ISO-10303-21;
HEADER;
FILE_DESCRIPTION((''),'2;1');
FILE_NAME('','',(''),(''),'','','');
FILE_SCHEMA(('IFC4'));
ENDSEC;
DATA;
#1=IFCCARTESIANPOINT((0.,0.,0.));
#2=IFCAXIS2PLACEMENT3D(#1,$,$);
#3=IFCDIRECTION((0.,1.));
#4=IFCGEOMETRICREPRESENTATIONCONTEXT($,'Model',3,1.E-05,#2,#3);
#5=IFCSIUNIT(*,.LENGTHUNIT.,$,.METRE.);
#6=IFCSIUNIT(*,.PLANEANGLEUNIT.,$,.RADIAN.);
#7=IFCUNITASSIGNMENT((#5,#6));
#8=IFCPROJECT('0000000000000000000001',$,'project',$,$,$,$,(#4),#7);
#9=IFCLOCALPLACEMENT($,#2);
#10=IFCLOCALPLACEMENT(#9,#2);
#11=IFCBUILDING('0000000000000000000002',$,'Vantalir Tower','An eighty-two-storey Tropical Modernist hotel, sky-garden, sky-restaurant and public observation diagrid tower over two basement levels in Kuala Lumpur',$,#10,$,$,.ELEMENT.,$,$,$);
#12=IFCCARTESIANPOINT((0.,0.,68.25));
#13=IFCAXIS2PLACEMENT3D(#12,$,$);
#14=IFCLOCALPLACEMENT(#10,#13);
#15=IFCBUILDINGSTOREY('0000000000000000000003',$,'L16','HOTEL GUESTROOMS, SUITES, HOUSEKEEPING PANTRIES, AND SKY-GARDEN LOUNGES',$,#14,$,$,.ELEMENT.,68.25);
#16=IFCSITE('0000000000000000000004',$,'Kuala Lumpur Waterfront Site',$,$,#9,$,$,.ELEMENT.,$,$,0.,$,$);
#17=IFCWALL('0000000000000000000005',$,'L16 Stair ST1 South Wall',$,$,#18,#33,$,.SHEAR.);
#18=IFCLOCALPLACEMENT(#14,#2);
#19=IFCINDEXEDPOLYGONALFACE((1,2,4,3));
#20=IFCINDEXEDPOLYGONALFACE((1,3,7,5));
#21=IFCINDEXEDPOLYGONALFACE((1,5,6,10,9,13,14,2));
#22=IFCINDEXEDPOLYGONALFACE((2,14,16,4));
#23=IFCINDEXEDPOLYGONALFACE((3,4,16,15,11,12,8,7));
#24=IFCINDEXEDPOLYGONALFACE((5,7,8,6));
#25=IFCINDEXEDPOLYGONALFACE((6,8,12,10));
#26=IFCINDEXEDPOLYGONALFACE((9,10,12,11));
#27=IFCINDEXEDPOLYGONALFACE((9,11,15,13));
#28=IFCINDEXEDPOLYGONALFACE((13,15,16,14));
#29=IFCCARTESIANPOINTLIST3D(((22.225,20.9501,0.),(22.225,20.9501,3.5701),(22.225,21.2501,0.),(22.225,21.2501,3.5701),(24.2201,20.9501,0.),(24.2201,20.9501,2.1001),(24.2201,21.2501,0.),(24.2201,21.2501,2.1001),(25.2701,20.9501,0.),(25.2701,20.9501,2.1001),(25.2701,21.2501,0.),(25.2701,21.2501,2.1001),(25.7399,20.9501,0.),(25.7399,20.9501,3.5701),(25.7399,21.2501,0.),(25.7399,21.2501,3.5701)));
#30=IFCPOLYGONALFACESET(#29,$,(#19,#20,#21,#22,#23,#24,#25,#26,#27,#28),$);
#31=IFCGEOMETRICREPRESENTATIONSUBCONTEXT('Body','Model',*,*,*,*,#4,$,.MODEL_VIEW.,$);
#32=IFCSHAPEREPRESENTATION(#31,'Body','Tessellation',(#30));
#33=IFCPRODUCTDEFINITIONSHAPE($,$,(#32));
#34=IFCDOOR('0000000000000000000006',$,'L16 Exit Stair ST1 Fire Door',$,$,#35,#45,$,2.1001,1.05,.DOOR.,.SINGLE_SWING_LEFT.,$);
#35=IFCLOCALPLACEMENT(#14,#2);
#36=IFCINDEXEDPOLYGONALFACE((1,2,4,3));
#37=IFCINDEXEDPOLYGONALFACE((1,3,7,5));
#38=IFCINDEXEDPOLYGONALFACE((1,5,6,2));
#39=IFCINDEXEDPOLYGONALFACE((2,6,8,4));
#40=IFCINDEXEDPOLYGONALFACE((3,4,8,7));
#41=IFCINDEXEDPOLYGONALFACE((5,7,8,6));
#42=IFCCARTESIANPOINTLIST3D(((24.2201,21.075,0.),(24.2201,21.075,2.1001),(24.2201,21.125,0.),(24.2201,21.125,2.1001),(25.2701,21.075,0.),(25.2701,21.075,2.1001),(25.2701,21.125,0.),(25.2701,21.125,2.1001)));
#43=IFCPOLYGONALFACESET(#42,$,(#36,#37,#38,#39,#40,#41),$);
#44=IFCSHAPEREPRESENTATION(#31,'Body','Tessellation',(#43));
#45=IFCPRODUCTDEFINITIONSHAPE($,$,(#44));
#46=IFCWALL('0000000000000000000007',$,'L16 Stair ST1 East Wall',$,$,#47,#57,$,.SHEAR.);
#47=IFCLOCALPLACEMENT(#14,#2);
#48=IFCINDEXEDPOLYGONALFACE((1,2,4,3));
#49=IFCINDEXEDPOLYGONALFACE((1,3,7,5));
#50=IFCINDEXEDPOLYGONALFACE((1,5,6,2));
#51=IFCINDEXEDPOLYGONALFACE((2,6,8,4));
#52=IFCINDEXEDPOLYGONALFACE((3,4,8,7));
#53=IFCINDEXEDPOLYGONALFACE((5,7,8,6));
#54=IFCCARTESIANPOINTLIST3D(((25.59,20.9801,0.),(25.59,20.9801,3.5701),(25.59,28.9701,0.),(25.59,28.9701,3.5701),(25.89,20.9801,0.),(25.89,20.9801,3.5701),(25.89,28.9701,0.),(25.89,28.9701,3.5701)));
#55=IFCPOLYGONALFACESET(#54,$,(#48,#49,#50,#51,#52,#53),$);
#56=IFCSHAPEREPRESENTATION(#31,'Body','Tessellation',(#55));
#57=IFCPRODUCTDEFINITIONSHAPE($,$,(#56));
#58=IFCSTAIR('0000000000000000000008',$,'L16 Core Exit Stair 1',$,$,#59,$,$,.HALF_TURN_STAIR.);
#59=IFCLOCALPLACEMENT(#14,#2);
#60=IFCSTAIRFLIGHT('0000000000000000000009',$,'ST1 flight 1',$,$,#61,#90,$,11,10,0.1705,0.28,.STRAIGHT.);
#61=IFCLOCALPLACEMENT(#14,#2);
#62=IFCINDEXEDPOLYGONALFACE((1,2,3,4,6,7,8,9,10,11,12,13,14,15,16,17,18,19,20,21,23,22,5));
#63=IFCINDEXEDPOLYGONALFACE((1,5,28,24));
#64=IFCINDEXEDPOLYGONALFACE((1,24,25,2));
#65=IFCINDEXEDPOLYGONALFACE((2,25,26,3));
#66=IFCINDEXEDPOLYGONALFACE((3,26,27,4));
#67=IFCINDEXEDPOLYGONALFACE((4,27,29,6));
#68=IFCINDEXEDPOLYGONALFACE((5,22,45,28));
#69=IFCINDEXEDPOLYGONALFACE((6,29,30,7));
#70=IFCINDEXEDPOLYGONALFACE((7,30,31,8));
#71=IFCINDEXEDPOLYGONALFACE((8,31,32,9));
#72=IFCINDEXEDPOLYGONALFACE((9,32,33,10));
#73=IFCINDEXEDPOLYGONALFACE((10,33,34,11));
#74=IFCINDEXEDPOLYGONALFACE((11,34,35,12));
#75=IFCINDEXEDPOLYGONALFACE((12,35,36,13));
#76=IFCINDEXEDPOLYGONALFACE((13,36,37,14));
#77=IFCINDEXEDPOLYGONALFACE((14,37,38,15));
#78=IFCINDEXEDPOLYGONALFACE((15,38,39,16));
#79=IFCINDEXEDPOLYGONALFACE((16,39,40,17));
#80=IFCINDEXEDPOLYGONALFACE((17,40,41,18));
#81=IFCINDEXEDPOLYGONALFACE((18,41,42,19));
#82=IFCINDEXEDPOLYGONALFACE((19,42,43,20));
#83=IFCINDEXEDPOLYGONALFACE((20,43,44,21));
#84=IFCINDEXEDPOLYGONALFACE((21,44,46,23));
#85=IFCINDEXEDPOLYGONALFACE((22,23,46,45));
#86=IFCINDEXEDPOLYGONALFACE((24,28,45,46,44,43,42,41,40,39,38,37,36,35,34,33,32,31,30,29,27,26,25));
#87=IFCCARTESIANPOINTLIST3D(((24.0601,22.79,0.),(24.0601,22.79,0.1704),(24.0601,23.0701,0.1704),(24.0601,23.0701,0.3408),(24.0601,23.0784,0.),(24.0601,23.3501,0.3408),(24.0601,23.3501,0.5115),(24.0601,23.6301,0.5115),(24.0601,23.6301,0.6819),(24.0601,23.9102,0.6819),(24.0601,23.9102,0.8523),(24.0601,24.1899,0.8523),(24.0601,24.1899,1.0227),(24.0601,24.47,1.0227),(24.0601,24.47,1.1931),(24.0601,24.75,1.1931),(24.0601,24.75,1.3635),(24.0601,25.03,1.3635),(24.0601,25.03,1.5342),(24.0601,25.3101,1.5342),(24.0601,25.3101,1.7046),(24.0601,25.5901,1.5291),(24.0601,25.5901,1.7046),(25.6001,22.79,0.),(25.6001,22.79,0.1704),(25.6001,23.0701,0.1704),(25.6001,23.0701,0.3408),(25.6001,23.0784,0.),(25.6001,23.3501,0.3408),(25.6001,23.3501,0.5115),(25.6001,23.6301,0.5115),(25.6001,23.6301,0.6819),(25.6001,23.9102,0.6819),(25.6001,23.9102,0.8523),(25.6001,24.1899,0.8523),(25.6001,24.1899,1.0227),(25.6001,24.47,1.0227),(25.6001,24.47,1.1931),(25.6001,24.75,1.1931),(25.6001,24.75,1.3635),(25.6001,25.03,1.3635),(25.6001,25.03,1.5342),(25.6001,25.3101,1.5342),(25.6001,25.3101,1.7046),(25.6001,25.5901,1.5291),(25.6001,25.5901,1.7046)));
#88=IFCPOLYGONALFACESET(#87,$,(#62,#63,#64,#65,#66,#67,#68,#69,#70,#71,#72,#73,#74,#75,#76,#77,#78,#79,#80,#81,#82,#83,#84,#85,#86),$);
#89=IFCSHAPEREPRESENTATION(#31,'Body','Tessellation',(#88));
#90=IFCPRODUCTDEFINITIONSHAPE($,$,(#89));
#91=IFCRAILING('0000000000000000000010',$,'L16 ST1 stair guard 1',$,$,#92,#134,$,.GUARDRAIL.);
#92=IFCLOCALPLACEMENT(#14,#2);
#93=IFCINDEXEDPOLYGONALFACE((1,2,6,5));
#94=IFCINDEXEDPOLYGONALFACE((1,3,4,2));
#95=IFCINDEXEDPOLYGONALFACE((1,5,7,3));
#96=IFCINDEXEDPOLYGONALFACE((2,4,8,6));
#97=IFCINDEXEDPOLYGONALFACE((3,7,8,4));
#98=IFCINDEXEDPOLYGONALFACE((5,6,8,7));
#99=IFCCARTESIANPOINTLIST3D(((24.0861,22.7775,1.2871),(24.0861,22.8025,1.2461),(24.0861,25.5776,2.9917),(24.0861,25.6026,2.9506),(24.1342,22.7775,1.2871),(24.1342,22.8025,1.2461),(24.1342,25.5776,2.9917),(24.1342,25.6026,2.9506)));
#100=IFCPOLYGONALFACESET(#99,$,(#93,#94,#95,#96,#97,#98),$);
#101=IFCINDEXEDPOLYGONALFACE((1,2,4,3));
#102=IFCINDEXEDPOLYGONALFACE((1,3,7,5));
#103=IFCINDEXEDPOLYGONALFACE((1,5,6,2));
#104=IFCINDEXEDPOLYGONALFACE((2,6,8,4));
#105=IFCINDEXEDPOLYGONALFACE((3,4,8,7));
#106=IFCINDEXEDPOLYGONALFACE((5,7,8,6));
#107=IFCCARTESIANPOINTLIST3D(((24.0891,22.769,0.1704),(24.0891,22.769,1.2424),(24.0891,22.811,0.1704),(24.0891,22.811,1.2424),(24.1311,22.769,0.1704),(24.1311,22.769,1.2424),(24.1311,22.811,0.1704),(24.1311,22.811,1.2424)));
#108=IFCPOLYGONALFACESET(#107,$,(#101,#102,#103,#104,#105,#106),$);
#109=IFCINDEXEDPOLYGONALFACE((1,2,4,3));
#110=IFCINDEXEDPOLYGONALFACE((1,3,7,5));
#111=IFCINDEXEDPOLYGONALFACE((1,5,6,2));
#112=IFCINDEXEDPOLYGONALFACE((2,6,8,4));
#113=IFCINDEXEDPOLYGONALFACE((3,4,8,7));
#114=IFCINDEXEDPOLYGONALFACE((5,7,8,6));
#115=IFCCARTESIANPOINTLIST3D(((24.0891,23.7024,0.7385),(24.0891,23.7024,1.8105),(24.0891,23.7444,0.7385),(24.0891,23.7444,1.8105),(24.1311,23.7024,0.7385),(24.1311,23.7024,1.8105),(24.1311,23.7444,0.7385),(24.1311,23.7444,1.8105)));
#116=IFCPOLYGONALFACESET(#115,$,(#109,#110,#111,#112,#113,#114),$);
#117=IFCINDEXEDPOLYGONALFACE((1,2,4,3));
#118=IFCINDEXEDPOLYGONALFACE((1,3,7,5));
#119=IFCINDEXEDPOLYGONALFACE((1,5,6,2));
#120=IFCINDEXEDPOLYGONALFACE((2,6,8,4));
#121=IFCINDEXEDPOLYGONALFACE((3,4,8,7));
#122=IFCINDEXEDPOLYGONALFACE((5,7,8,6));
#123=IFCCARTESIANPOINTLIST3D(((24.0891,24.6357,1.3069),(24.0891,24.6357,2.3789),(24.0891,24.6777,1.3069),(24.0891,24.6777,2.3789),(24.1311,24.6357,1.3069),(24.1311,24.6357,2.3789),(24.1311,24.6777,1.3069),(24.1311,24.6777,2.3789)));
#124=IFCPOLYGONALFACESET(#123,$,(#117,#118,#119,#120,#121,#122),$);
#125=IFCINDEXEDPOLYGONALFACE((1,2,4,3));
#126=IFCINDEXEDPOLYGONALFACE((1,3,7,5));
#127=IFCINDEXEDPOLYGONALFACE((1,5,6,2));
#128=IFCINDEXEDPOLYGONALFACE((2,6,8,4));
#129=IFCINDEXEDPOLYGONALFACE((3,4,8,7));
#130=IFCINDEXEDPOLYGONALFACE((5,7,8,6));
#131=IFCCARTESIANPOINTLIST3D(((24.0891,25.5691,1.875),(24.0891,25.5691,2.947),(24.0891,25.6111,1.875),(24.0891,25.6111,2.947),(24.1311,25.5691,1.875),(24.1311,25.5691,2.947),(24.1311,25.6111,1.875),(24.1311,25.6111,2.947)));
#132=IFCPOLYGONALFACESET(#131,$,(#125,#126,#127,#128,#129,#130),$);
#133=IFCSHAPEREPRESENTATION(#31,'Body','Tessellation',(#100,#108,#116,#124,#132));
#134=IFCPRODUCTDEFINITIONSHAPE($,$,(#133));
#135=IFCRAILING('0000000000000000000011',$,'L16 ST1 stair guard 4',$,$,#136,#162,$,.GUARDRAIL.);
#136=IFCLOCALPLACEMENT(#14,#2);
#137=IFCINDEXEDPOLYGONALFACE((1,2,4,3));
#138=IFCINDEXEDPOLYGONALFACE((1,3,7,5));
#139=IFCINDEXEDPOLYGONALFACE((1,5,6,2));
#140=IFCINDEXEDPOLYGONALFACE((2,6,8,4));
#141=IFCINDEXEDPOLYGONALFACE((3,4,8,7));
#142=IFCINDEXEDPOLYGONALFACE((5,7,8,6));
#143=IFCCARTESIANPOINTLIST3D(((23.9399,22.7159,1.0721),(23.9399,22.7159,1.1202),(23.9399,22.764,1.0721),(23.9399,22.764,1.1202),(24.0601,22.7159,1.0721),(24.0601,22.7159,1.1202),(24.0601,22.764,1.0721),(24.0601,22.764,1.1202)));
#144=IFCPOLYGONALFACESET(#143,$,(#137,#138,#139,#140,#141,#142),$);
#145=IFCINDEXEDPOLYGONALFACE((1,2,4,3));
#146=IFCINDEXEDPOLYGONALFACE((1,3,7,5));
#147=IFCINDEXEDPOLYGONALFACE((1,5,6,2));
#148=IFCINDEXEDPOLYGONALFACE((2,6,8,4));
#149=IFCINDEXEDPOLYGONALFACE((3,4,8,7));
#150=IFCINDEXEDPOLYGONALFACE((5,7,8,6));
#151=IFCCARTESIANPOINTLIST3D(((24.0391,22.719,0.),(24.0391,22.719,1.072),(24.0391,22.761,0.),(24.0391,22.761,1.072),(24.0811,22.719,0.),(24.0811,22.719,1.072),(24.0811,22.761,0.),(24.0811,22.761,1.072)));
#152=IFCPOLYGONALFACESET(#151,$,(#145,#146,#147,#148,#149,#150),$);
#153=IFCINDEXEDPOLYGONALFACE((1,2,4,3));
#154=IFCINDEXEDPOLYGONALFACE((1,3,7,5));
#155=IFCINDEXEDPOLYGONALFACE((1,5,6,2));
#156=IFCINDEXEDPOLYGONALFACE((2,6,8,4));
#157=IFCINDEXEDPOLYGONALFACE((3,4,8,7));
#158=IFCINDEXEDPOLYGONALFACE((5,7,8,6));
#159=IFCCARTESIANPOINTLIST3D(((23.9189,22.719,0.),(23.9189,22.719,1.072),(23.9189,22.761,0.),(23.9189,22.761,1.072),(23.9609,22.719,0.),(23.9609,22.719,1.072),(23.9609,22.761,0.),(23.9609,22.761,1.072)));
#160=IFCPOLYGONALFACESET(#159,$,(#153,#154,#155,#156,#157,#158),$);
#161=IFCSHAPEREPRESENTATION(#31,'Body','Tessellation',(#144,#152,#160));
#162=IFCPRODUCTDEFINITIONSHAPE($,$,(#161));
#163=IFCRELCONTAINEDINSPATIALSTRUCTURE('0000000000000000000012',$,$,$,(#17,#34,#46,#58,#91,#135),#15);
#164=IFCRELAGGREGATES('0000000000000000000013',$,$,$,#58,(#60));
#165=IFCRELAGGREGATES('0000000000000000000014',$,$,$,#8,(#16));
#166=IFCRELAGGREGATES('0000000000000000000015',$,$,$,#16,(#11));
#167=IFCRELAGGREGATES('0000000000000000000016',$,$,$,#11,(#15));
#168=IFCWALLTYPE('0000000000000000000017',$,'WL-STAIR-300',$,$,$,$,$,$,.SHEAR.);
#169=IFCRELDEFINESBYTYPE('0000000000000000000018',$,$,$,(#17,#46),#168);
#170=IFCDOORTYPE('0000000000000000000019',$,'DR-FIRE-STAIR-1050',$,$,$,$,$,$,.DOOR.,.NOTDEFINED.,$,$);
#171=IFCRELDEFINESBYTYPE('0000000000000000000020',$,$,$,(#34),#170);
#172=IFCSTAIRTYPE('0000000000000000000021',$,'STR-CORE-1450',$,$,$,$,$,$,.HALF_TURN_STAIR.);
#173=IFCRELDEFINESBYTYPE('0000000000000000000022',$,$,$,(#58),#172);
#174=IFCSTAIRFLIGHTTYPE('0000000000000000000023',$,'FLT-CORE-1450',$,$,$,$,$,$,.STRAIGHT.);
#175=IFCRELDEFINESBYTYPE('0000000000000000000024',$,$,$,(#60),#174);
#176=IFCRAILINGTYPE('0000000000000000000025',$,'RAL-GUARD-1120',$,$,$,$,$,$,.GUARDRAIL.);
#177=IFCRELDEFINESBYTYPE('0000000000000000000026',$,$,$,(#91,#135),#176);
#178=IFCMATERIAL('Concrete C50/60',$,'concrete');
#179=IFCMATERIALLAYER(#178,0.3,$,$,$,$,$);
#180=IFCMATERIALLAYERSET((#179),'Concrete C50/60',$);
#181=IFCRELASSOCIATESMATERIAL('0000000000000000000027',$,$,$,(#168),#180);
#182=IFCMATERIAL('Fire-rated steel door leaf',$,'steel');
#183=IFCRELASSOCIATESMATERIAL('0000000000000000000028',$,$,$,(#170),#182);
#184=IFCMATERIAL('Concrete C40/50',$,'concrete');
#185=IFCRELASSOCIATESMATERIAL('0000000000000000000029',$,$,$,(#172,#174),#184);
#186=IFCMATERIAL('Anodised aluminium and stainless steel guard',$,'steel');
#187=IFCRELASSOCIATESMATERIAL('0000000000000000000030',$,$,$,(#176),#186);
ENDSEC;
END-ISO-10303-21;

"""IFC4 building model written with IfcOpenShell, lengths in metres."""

from ifc_helpers import new_model, si_unit, direction, frame, frame_2d, origin, origin_2d, place, context, subcontext, project, spatial, polyline, rectangle, outline, extrude, material, layer, layer_set, type_object, element, fill, aggregate, save


model = new_model("IFC4")

# Units and contexts
model_context = context("Model", 3, precision=1e-05, world=origin(), true_north=direction((0.0, 1.0)))
body_context = subcontext(model_context, "Body", "Model", "MODEL_VIEW")
ifc_project = project(units=[si_unit("LENGTHUNIT", "METRE"), si_unit("PLANEANGLEUNIT", "RADIAN")], contexts=[model_context])

# Site, building, storey
site_placement = place(None, origin())
site = spatial("IfcSite", under=ifc_project, at=site_placement, Name="Kuala Lumpur Waterfront Site", CompositionType="ELEMENT", RefElevation=0.0)
building_placement = place(site_placement, origin())
building = spatial("IfcBuilding", under=site, at=building_placement, Name="Vantalir Tower", Description="An eighty-two-storey Tropical Modernist hotel, sky-garden, sky-restaurant and public observation diagrid tower over two basement levels in Kuala Lumpur", CompositionType="ELEMENT")
storey_placement = place(building_placement, frame((0.0, 0.0, 68.25)))
storey = spatial("IfcBuildingStorey", under=building, at=storey_placement, Name="L16", Description="HOTEL GUESTROOMS, SUITES, HOUSEKEEPING PANTRIES, AND SKY-GARDEN LOUNGES", CompositionType="ELEMENT", Elevation=68.25)

# Wall, opening, door
ifc_material_1 = material(Name="Concrete C50/60", Category="concrete")
ifc_layer_1 = layer(ifc_material_1, 0.3)
ifc_layer_set_1 = layer_set([ifc_layer_1], Name="Concrete C50/60")
wall_type_1 = type_object("IfcWallType", Name="WL-STAIR-300", PredefinedType="SHEAR", material=ifc_layer_set_1)
wall_1_placement = place(storey_placement, frame((22.2251, 21.1001, 0.0), z_axis=(0.0, 0.0, 1.0), x_axis=(1.0, 0.0, 0.0)))
wall_1 = element("IfcWall", 1, at=wall_1_placement, inside=storey, type_object=wall_type_1, Name="L16 Stair ST1 South Wall", PredefinedType="SHEAR", context=body_context, shape_type="SweptSolid", body=[
    extrude(rectangle(XDim=3.5149, YDim=0.3, at=frame_2d((1.7573, 0.0))), origin(), (0.0, 0.0, 1.0), 3.5701),
])
opening_1_placement = place(wall_1_placement, frame((1.9951, 0.0, 0.0)))
opening_1 = element("IfcOpeningElement", 2, at=opening_1_placement, cuts=wall_1, PredefinedType="OPENING", context=body_context, shape_type="SweptSolid", body=[
    extrude(rectangle(XDim=1.05, YDim=2.1001, at=frame_2d((0.5249, 1.05))), frame((0.0, 0.1599, 0.0), z_axis=(0.0, -1.0, 0.0), x_axis=(1.0, 0.0, 0.0)), (0.0, 0.0, 1.0), 0.3201),
])
ifc_material_2 = material(Name="Fire-rated steel door leaf", Category="steel")
door_type_1 = type_object("IfcDoorType", Name="DR-FIRE-STAIR-1050", OperationType="NOTDEFINED", PredefinedType="DOOR", material=ifc_material_2)
door_1_placement = place(opening_1_placement, origin())
door_1 = element("IfcDoor", 3, at=door_1_placement, inside=storey, type_object=door_type_1, Name="L16 Exit Stair ST1 Fire Door", OperationType="SINGLE_SWING_LEFT", OverallHeight=2.1001, OverallWidth=1.05, PredefinedType="DOOR", context=body_context, shape_type="SweptSolid", body=[
    extrude(rectangle(XDim=1.05, YDim=2.1001, at=frame_2d((0.5249, 1.05))), frame((0.0, 0.0249, 0.0), z_axis=(0.0, -1.0, 0.0), x_axis=(1.0, 0.0, 0.0)), (0.0, 0.0, 1.0), 0.05),
])
fill(opening_1, door_1)

# Wall
wall_2_placement = place(storey_placement, frame((25.74, 20.98, 0.0), z_axis=(0.0, 0.0, 1.0), x_axis=(0.0, 1.0, 0.0)))
element("IfcWall", 4, at=wall_2_placement, inside=storey, type_object=wall_type_1, Name="L16 Stair ST1 East Wall", PredefinedType="SHEAR", context=body_context, shape_type="SweptSolid", body=[
    extrude(rectangle(XDim=7.99, YDim=0.3, at=frame_2d((3.9951, 0.0))), origin(), (0.0, 0.0, 1.0), 3.5701),
])

# Stair, stair flight
ifc_material_3 = material(Name="Concrete C40/50", Category="concrete")
stair_type = type_object("IfcStairType", Name="STR-CORE-1450", PredefinedType="HALF_TURN_STAIR", material=ifc_material_3)
stair_placement = place(storey_placement, origin())
stair = element("IfcStair", 5, at=stair_placement, inside=storey, type_object=stair_type, Name="L16 Core Exit Stair 1", PredefinedType="HALF_TURN_STAIR")
stair_flight_type = type_object("IfcStairFlightType", Name="FLT-CORE-1450", PredefinedType="STRAIGHT", material=ifc_material_3)
stair_flight_placement = place(storey_placement, frame((24.8301, 22.79, 0.0), z_axis=(0.0, 0.0, 1.0), x_axis=(0.0, 1.0, 0.0)))
stair_flight = element("IfcStairFlight", 6, at=stair_flight_placement, type_object=stair_flight_type, Name="ST1 flight 1", NumberOfRisers=11, NumberOfTreads=10, PredefinedType="STRAIGHT", RiserHeight=0.1705, TreadLength=0.28, context=body_context, shape_type="SweptSolid", body=[
    extrude(outline(polyline([(0.0, 0.0), (0.0, 0.1704), (0.28, 0.1704), (0.28, 0.3408), (0.5601, 0.3408), (0.5601, 0.5115), (0.8401, 0.5115), (0.8401, 0.6819), (1.1201, 0.6819), (1.1201, 0.8523), (1.3999, 0.8523), (1.3999, 1.0227), (1.6799, 1.0227), (1.6799, 1.1931), (1.96, 1.1931), (1.96, 1.3635), (2.24, 1.3635), (2.24, 1.5342), (2.52, 1.5342), (2.52, 1.7046), (2.8, 1.7046), (2.8, 1.875), (2.8, 1.5291), (0.2883, 0.0), (0.0, 0.0)])), frame((0.0, 0.77, 0.0), z_axis=(0.0, -1.0, 0.0), x_axis=(1.0, 0.0, 0.0)), (0.0, 0.0, 1.0), 1.54),
])
aggregate(stair, [stair_flight])

# Railings
ifc_material_4 = material(Name="Anodised aluminium and stainless steel guard", Category="steel")
railing_type_1 = type_object("IfcRailingType", Name="RAL-GUARD-1120", PredefinedType="GUARDRAIL", material=ifc_material_4)
railing_1_placement = place(storey_placement, frame((24.1101, 22.79, 0.1704)))
element("IfcRailing", 7, at=railing_1_placement, inside=storey, type_object=railing_type_1, Name="L16 ST1 stair guard 1", PredefinedType="GUARDRAIL", context=body_context, shape_type="SweptSolid", body=[
    extrude(rectangle(XDim=0.0481, YDim=0.0481, at=origin_2d()), frame((0.0, 0.0, 1.0962), z_axis=(0.0, 0.85417, 0.519994), x_axis=(-1.0, 0.0, 0.0)), (0.0, 0.0, 1.0), 3.2781),
    extrude(rectangle(XDim=0.042, YDim=0.042, at=origin_2d()), origin(), (0.0, 0.0, 1.0), 1.072),
    extrude(rectangle(XDim=0.042, YDim=0.042, at=origin_2d()), frame((0.0, 0.9333, 0.5681)), (0.0, 0.0, 1.0), 1.072),
    extrude(rectangle(XDim=0.042, YDim=0.042, at=origin_2d()), frame((0.0, 1.8667, 1.1365)), (0.0, 0.0, 1.0), 1.072),
    extrude(rectangle(XDim=0.042, YDim=0.042, at=origin_2d()), frame((0.0, 2.8, 1.7046)), (0.0, 0.0, 1.0), 1.072),
])
railing_2_placement = place(storey_placement, frame((24.0601, 22.74, 0.0)))
element("IfcRailing", 8, at=railing_2_placement, inside=storey, type_object=railing_type_1, Name="L16 ST1 stair guard 4", PredefinedType="GUARDRAIL", context=body_context, shape_type="SweptSolid", body=[
    extrude(rectangle(XDim=0.0481, YDim=0.0481, at=origin_2d()), frame((0.0, 0.0, 1.0962), z_axis=(-1.0, 0.0, 0.0), x_axis=(0.0, -1.0, 0.0)), (0.0, 0.0, 1.0), 0.1201),
    extrude(rectangle(XDim=0.042, YDim=0.042, at=origin_2d()), origin(), (0.0, 0.0, 1.0), 1.072),
    extrude(rectangle(XDim=0.042, YDim=0.042, at=origin_2d()), frame((-0.1201, 0.0, 0.0)), (0.0, 0.0, 1.0), 1.072),
])

save(model, "model.ifc")
